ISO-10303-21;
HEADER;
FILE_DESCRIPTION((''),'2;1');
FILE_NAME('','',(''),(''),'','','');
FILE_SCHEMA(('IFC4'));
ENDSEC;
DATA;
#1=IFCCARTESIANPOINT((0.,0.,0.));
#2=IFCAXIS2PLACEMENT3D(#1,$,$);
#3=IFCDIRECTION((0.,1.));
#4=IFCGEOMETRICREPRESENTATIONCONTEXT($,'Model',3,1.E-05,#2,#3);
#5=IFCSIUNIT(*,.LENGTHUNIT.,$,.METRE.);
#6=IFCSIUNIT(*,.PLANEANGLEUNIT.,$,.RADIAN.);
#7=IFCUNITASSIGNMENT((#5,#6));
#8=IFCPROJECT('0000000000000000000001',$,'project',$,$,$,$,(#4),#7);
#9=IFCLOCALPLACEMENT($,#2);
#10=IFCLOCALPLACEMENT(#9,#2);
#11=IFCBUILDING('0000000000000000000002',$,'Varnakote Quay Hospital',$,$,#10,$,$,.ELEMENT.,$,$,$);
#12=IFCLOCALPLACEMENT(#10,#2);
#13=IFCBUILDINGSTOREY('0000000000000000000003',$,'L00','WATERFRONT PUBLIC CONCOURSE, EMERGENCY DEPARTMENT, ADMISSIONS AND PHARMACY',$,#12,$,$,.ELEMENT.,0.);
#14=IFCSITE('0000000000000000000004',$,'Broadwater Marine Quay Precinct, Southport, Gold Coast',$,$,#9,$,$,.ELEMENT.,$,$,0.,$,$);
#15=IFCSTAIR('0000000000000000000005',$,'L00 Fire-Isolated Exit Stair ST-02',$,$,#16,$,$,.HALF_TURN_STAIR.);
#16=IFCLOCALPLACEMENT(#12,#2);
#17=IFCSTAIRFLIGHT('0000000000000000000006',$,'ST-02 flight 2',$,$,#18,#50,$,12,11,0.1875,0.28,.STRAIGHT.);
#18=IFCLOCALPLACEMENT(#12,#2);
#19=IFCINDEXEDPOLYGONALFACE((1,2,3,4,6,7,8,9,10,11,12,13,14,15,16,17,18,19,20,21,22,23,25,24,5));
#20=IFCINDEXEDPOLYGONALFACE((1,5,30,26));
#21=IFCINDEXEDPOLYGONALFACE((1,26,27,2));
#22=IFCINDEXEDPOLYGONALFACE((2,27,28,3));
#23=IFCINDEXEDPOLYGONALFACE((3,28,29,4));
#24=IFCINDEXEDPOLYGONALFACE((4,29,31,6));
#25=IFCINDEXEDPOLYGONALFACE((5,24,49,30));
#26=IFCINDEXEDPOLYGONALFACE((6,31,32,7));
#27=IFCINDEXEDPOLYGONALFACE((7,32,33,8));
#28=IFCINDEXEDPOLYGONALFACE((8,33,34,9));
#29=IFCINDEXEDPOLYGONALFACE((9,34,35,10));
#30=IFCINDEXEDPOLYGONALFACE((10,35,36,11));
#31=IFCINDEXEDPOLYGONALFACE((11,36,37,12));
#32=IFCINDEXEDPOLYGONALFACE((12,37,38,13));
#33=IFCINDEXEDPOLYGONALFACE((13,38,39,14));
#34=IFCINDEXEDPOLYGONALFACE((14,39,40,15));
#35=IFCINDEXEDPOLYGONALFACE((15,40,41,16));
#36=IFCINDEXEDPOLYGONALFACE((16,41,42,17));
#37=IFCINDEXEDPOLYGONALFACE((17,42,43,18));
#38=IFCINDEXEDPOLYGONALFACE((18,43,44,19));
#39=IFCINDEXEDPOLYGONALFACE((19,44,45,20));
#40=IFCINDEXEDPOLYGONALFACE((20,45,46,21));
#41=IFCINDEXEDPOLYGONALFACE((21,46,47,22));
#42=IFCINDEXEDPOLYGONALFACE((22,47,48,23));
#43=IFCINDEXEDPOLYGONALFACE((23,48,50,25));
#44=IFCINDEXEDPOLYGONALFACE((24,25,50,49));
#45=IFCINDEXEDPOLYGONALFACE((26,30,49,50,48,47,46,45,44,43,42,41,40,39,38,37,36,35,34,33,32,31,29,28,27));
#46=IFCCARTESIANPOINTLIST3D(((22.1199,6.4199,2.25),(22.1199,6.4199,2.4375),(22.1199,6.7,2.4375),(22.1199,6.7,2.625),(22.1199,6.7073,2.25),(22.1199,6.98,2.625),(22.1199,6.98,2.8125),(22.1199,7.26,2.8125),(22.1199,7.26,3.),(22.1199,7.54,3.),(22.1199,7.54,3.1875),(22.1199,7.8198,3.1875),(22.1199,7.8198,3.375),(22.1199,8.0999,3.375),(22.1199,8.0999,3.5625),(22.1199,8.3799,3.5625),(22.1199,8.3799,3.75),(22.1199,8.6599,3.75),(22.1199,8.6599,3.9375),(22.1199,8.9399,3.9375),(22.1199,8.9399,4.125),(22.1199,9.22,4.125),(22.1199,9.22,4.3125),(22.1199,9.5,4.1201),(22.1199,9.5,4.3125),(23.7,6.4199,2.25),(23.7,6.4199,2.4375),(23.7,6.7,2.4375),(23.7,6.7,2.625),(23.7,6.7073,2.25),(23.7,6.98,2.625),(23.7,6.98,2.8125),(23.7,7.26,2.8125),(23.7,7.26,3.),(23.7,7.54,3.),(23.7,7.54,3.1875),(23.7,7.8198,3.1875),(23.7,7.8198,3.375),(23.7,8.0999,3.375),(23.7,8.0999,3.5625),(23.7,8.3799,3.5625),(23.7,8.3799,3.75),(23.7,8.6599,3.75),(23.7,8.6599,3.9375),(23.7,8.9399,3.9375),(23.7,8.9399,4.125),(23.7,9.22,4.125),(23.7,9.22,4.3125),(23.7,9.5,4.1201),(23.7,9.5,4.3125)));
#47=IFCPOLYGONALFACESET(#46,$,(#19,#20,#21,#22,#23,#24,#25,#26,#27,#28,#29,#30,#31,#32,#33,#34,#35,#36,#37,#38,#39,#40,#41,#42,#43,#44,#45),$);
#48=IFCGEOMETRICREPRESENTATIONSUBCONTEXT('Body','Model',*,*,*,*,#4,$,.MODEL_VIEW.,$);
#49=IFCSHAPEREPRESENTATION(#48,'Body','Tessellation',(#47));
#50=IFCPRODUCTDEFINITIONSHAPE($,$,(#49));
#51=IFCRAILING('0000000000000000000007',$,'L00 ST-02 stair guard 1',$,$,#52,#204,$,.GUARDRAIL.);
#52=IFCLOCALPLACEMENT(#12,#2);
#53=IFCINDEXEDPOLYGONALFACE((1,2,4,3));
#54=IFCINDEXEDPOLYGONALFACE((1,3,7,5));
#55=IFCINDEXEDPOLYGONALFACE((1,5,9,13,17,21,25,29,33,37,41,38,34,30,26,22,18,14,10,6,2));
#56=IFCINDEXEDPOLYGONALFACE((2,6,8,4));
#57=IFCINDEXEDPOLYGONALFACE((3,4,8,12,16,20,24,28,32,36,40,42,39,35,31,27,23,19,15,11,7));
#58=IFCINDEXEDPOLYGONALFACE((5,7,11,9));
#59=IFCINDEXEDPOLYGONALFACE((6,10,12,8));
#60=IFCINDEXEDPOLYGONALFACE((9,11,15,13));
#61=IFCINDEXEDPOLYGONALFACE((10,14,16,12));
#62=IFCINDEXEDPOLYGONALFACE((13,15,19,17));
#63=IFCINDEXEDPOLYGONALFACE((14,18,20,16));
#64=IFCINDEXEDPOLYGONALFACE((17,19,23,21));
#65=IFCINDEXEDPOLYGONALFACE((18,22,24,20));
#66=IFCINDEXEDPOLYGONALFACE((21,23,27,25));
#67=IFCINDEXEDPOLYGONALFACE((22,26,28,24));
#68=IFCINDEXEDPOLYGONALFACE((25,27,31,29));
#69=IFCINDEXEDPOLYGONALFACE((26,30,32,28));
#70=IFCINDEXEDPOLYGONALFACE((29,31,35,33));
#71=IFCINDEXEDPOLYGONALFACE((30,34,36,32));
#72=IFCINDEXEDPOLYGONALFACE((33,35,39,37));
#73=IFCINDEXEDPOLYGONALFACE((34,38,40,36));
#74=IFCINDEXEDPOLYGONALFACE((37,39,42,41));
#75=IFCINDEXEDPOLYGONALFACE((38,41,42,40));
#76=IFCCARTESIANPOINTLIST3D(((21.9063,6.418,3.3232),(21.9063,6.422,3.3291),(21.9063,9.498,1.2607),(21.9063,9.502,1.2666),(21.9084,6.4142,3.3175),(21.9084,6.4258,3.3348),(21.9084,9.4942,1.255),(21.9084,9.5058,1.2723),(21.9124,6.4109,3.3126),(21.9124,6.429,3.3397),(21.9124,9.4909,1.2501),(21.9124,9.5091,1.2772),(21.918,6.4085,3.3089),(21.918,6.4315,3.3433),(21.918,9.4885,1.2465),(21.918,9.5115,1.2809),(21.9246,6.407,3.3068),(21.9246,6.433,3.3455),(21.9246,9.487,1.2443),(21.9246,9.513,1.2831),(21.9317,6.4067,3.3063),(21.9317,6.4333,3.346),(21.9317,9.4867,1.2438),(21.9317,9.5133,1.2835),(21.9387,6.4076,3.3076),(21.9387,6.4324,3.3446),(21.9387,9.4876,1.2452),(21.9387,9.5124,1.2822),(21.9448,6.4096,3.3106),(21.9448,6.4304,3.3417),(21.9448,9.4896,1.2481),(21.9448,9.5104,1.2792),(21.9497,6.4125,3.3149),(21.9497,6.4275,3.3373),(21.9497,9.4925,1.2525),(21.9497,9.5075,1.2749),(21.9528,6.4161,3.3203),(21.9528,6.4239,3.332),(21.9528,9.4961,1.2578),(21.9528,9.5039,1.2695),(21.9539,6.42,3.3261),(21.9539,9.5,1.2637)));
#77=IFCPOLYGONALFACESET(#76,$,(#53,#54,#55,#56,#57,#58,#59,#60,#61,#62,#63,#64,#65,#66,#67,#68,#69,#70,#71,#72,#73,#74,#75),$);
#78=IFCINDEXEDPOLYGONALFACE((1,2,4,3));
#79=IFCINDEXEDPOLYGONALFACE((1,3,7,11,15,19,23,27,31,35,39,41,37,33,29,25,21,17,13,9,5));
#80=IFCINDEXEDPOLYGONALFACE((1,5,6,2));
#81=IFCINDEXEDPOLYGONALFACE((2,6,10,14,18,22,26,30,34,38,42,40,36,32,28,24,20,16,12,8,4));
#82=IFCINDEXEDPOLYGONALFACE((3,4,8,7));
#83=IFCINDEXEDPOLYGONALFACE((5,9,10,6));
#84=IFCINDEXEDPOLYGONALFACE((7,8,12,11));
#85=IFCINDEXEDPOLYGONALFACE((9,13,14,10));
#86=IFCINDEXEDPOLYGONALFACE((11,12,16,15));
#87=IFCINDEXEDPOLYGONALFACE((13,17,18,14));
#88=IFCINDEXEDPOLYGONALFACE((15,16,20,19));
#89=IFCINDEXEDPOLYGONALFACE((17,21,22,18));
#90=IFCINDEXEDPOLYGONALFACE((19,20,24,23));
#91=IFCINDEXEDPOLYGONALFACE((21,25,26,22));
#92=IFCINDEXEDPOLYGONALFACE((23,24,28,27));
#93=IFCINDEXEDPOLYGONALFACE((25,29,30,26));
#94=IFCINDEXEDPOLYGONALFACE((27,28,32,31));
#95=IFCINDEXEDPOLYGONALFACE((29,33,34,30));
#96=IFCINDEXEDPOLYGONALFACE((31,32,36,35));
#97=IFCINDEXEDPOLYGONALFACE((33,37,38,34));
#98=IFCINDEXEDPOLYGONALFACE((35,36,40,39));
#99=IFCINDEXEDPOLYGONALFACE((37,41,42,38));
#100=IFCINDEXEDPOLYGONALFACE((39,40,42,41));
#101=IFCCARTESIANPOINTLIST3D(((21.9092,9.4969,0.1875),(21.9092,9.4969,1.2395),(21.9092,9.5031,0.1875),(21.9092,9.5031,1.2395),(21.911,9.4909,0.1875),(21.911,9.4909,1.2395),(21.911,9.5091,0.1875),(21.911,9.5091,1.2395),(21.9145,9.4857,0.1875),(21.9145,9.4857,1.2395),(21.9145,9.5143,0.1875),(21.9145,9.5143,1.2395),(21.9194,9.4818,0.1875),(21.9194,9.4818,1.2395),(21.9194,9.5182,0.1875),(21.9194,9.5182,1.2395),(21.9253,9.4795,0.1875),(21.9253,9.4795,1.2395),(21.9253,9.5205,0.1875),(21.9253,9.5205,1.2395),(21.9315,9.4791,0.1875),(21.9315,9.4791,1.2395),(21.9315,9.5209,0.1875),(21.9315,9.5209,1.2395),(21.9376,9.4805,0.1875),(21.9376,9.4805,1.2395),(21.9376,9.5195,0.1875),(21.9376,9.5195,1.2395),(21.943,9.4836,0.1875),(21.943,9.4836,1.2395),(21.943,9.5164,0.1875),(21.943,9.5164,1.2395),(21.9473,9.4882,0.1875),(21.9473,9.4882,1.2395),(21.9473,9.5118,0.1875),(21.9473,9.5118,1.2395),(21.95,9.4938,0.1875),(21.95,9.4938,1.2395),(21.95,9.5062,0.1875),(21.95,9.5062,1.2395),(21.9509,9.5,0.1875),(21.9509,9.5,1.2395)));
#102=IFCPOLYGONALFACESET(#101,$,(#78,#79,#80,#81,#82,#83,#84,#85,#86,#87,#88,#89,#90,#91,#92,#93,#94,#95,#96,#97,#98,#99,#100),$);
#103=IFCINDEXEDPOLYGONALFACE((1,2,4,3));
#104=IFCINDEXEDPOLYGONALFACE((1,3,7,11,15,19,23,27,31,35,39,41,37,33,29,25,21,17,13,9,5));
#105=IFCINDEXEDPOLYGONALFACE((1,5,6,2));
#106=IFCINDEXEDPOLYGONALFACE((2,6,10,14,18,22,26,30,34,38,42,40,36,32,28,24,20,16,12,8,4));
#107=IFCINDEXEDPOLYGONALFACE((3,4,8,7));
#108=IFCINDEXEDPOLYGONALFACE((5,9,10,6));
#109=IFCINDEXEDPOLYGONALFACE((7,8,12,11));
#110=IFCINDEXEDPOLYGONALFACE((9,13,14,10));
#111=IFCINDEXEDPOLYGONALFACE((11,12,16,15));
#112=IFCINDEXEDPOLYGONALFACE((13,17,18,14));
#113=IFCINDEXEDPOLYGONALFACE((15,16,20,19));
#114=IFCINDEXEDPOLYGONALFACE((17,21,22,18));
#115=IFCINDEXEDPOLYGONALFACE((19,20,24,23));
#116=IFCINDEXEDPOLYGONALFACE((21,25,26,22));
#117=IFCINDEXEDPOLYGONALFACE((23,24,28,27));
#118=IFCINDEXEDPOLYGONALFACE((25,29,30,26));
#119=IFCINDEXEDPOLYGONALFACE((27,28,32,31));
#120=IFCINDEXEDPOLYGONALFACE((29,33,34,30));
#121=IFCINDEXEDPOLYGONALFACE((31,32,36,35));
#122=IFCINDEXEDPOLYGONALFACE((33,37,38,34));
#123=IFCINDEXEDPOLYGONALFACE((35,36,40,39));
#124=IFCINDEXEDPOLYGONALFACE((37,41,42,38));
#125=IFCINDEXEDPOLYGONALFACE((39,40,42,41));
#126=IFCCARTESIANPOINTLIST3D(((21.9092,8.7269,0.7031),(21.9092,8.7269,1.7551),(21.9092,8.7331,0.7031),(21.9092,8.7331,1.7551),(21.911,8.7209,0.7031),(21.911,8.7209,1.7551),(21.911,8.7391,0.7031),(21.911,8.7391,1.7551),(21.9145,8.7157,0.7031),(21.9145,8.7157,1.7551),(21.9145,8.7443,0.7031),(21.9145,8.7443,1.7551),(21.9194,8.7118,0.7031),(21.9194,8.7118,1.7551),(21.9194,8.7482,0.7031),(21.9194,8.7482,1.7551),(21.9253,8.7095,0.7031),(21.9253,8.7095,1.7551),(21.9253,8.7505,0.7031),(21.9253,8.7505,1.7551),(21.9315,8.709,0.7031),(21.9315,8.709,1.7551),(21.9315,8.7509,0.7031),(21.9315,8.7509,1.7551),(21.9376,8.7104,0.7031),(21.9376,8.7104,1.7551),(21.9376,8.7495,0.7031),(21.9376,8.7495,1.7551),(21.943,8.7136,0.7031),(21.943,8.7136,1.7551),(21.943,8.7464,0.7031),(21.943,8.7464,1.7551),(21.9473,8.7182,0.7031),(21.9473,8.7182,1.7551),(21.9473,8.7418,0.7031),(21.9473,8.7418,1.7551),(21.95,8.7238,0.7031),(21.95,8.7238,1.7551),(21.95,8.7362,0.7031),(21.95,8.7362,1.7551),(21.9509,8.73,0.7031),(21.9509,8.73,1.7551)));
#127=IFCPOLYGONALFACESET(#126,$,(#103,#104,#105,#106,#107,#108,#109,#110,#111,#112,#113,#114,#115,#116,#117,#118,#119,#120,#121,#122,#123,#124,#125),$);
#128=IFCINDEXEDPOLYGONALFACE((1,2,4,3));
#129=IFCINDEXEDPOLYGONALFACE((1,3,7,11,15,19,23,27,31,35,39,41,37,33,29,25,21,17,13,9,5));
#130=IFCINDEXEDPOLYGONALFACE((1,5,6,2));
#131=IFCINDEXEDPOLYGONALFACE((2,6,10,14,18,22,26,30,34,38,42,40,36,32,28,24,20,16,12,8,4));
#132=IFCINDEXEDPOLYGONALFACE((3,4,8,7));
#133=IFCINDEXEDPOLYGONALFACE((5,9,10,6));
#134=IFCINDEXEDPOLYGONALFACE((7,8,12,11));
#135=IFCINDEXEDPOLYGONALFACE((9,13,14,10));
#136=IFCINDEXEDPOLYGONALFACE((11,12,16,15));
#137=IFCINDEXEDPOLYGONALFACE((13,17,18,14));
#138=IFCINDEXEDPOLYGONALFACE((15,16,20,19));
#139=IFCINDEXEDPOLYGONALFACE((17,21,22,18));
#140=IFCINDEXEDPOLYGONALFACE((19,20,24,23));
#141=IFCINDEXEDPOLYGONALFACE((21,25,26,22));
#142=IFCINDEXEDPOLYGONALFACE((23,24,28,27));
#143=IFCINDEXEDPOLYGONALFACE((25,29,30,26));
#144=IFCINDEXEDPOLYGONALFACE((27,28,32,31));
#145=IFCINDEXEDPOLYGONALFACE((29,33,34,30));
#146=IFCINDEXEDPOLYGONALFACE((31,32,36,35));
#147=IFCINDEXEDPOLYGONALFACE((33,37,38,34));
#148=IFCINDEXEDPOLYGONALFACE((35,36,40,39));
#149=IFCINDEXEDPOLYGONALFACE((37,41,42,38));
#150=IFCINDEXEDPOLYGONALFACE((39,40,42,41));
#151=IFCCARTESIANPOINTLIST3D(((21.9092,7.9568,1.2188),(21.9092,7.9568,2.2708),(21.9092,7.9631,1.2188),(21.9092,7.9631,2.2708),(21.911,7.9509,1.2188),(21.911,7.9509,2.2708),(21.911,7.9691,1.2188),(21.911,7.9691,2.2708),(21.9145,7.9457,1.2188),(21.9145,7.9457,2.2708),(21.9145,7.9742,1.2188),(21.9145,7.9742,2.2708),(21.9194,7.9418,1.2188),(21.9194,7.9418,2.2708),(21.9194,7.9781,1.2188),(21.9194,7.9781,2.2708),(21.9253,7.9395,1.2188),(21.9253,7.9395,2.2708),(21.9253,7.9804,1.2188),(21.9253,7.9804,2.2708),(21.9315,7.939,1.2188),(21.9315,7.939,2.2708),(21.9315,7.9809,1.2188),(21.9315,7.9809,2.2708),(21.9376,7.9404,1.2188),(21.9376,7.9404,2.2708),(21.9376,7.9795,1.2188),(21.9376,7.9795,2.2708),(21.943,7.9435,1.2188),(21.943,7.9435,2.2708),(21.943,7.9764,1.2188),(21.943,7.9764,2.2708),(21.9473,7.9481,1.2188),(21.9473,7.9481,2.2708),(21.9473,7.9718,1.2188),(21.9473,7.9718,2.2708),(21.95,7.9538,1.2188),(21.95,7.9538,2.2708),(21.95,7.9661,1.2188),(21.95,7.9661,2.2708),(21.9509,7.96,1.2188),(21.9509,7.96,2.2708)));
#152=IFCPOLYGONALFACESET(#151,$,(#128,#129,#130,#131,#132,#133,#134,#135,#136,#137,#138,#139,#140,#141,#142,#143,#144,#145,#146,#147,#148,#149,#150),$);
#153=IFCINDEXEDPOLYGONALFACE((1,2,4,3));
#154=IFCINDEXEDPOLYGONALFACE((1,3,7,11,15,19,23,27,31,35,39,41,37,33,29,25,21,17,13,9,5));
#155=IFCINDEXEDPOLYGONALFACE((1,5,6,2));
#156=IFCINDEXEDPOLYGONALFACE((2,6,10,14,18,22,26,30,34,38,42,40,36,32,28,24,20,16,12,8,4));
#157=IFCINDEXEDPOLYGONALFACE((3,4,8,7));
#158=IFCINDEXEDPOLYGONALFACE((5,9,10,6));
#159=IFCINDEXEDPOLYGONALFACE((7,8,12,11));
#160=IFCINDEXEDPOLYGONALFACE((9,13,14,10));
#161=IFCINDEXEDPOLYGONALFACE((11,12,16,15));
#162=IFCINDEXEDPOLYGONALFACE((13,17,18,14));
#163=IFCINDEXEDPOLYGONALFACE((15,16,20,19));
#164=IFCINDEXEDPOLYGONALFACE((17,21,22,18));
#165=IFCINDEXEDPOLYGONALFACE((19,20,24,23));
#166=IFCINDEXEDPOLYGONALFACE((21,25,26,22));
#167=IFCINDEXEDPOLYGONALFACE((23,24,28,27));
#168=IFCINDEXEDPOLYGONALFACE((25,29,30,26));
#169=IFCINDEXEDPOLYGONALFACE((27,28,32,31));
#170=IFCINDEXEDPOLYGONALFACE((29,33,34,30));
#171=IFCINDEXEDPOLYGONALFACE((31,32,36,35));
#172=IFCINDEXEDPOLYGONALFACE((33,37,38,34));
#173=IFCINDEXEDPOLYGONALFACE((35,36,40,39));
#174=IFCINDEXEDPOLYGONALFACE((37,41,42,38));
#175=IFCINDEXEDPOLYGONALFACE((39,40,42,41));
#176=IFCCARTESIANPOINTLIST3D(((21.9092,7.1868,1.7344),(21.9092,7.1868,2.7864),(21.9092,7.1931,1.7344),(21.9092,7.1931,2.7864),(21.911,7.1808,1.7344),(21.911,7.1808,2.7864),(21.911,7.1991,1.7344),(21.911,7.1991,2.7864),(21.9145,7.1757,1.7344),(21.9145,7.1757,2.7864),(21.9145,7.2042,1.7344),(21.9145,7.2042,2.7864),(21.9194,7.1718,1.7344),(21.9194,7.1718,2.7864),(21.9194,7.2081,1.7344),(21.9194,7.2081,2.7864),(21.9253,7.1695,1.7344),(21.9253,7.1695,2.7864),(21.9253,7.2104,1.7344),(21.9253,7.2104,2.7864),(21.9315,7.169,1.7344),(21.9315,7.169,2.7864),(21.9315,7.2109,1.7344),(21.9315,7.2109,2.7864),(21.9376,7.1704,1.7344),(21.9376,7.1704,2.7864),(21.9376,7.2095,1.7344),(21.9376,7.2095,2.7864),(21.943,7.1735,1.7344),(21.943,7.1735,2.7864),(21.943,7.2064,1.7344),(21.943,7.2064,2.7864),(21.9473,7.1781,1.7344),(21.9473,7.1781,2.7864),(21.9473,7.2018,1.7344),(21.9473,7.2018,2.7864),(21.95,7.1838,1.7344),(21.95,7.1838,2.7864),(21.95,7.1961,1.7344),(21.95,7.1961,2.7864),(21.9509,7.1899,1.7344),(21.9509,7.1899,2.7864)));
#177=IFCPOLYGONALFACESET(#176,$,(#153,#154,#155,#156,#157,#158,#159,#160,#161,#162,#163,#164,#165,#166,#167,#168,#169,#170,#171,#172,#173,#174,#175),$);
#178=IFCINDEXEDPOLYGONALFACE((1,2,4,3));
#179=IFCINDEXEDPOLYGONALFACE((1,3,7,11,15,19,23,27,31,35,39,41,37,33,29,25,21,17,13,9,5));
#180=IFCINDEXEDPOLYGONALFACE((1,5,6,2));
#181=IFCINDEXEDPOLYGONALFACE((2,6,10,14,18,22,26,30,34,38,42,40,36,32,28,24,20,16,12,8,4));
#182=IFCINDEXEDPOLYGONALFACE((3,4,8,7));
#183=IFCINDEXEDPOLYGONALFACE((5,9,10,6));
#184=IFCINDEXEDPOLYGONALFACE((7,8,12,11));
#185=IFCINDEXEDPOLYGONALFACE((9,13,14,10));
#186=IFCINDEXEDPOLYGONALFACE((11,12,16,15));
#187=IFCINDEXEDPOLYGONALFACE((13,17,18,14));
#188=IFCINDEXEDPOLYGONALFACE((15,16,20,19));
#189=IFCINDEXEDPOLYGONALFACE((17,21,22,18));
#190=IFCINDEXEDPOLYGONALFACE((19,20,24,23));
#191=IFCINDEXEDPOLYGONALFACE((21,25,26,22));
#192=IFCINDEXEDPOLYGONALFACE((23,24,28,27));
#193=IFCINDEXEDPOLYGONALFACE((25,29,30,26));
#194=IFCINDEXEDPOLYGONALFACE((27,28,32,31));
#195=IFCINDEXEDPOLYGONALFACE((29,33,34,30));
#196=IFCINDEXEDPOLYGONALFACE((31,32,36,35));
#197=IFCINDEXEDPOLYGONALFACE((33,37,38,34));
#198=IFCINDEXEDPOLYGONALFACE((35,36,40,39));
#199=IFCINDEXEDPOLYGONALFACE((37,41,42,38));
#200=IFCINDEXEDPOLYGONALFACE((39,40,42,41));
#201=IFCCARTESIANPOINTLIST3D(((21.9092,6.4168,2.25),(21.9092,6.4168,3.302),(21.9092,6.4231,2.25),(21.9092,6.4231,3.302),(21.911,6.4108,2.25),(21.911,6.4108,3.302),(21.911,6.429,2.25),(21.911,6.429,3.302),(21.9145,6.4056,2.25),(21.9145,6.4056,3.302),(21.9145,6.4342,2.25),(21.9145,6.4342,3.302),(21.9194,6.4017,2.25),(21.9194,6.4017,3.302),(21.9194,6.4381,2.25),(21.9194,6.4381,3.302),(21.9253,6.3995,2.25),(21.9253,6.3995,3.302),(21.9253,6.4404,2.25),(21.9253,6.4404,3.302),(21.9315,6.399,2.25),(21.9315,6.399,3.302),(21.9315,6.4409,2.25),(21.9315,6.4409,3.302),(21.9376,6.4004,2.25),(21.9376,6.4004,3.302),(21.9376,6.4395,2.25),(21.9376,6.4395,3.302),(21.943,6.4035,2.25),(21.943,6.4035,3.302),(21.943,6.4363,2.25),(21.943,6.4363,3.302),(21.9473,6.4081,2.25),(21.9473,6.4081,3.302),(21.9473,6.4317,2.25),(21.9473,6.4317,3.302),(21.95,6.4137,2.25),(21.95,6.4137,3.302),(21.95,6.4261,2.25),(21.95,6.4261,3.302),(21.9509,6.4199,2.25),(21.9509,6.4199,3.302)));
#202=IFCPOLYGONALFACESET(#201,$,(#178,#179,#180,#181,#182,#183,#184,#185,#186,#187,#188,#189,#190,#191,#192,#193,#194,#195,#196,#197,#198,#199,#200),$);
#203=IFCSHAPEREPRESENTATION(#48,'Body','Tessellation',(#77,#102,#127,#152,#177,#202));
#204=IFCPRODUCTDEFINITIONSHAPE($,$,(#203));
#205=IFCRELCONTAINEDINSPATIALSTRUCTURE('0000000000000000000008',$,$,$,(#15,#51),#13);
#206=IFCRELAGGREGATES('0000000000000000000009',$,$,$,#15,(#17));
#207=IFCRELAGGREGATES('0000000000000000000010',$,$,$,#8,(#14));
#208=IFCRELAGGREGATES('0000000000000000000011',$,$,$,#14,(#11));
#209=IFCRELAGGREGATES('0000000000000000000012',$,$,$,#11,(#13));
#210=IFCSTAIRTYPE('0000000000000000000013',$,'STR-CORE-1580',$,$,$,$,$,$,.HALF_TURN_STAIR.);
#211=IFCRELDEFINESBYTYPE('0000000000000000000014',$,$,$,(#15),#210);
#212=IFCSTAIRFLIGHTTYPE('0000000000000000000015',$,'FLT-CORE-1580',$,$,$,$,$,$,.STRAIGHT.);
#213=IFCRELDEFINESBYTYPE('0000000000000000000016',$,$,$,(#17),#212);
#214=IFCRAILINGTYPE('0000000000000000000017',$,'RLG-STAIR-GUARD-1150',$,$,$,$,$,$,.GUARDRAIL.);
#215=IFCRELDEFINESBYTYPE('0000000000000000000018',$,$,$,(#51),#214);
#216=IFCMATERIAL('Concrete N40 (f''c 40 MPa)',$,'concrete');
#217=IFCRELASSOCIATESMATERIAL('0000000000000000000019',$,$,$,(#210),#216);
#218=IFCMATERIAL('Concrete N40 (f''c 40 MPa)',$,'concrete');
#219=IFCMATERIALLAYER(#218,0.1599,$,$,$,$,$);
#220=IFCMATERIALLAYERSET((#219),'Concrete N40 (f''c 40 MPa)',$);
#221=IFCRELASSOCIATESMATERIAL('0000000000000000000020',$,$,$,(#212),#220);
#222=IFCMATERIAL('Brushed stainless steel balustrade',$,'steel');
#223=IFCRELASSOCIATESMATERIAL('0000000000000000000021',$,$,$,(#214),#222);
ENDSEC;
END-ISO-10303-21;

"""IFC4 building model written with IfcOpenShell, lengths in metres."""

from ifc_helpers import new_model, si_unit, direction, frame, origin, origin_2d, place, context, subcontext, project, spatial, polyline, circle, outline, extrude, material, layer, layer_set, type_object, element, aggregate, save


model = new_model("IFC4")

# Units and contexts
model_context = context("Model", 3, precision=1e-05, world=origin(), true_north=direction((0.0, 1.0)))
body_context = subcontext(model_context, "Body", "Model", "MODEL_VIEW")
ifc_project = project(units=[si_unit("LENGTHUNIT", "METRE"), si_unit("PLANEANGLEUNIT", "RADIAN")], contexts=[model_context])

# Site, building, storey
site_placement = place(None, origin())
site = spatial("IfcSite", under=ifc_project, at=site_placement, Name="Broadwater Marine Quay Precinct, Southport, Gold Coast", CompositionType="ELEMENT", RefElevation=0.0)
building_placement = place(site_placement, origin())
building = spatial("IfcBuilding", under=site, at=building_placement, Name="Varnakote Quay Hospital", CompositionType="ELEMENT")
storey_placement = place(building_placement, origin())
storey = spatial("IfcBuildingStorey", under=building, at=storey_placement, Name="L00", Description="WATERFRONT PUBLIC CONCOURSE, EMERGENCY DEPARTMENT, ADMISSIONS AND PHARMACY", CompositionType="ELEMENT", Elevation=0.0)

# Stair, stair flight
ifc_material_1 = material(Name="Concrete N40 (f'c 40 MPa)", Category="concrete")
stair_type = type_object("IfcStairType", Name="STR-CORE-1580", PredefinedType="HALF_TURN_STAIR", material=ifc_material_1)
stair_placement = place(storey_placement, origin())
stair = element("IfcStair", 1, at=stair_placement, inside=storey, type_object=stair_type, Name="L00 Fire-Isolated Exit Stair ST-02", PredefinedType="HALF_TURN_STAIR")
ifc_material_2 = material(Name="Concrete N40 (f'c 40 MPa)", Category="concrete")
ifc_layer_1 = layer(ifc_material_2, 0.1599)
ifc_layer_set_1 = layer_set([ifc_layer_1], Name="Concrete N40 (f'c 40 MPa)")
stair_flight_type = type_object("IfcStairFlightType", Name="FLT-CORE-1580", PredefinedType="STRAIGHT", material=ifc_layer_set_1)
stair_flight_1_placement = place(storey_placement, frame((22.9099, 6.4199, 2.25), z_axis=(0.0, 0.0, 1.0), x_axis=(0.0, 1.0, 0.0)))
stair_flight_1 = element("IfcStairFlight", 2, at=stair_flight_1_placement, type_object=stair_flight_type, Name="ST-02 flight 2", NumberOfRisers=12, NumberOfTreads=11, PredefinedType="STRAIGHT", RiserHeight=0.1875, TreadLength=0.28, context=body_context, shape_type="SweptSolid", body=[
    extrude(outline(polyline([(0.0, 0.0), (0.0, 0.1875), (0.28, 0.1875), (0.28, 0.375), (0.5601, 0.375), (0.5601, 0.5625), (0.8401, 0.5625), (0.8401, 0.75), (1.1201, 0.75), (1.1201, 0.9375), (1.3999, 0.9375), (1.3999, 1.125), (1.6799, 1.125), (1.6799, 1.3125), (1.96, 1.3125), (1.96, 1.5), (2.24, 1.5), (2.24, 1.6875), (2.52, 1.6875), (2.52, 1.875), (2.8, 1.875), (2.8, 2.0625), (3.0801, 2.0625), (3.0801, 2.25), (3.0801, 1.8701), (0.2874, 0.0), (0.0, 0.0)])), frame((0.0, 0.79, 0.0), z_axis=(0.0, -1.0, 0.0), x_axis=(1.0, 0.0, 0.0)), (0.0, 0.0, 1.0), 1.5801),
])
aggregate(stair, [stair_flight_1])

# Railing
ifc_material_3 = material(Name="Brushed stainless steel balustrade", Category="steel")
railing_type_1 = type_object("IfcRailingType", Name="RLG-STAIR-GUARD-1150", PredefinedType="GUARDRAIL", material=ifc_material_3)
railing_1_placement = place(storey_placement, frame((21.9299, 9.5, 0.1875)))
element("IfcRailing", 3, at=railing_1_placement, inside=storey, type_object=railing_type_1, Name="L00 ST-02 stair guard 1", PredefinedType="GUARDRAIL", context=body_context, shape_type="SweptSolid", body=[
    extrude(circle(Radius=0.0239, at=origin_2d()), frame((0.0, 0.0, 1.0762), z_axis=(0.0, -0.830914, 0.556401), x_axis=(1.0, 0.0, 0.0)), (0.0, 0.0, 1.0), 3.7068),
    extrude(circle(Radius=0.021, at=origin_2d()), origin(), (0.0, 0.0, 1.0), 1.052),
    extrude(circle(Radius=0.021, at=origin_2d()), frame((0.0, -0.77, 0.5156)), (0.0, 0.0, 1.0), 1.052),
    extrude(circle(Radius=0.021, at=origin_2d()), frame((0.0, -1.54, 1.0312)), (0.0, 0.0, 1.0), 1.052),
    extrude(circle(Radius=0.021, at=origin_2d()), frame((0.0, -2.3101, 1.5469)), (0.0, 0.0, 1.0), 1.052),
    extrude(circle(Radius=0.021, at=origin_2d()), frame((0.0, -3.0801, 2.0625)), (0.0, 0.0, 1.0), 1.052),
])

save(model, "model.ifc")
